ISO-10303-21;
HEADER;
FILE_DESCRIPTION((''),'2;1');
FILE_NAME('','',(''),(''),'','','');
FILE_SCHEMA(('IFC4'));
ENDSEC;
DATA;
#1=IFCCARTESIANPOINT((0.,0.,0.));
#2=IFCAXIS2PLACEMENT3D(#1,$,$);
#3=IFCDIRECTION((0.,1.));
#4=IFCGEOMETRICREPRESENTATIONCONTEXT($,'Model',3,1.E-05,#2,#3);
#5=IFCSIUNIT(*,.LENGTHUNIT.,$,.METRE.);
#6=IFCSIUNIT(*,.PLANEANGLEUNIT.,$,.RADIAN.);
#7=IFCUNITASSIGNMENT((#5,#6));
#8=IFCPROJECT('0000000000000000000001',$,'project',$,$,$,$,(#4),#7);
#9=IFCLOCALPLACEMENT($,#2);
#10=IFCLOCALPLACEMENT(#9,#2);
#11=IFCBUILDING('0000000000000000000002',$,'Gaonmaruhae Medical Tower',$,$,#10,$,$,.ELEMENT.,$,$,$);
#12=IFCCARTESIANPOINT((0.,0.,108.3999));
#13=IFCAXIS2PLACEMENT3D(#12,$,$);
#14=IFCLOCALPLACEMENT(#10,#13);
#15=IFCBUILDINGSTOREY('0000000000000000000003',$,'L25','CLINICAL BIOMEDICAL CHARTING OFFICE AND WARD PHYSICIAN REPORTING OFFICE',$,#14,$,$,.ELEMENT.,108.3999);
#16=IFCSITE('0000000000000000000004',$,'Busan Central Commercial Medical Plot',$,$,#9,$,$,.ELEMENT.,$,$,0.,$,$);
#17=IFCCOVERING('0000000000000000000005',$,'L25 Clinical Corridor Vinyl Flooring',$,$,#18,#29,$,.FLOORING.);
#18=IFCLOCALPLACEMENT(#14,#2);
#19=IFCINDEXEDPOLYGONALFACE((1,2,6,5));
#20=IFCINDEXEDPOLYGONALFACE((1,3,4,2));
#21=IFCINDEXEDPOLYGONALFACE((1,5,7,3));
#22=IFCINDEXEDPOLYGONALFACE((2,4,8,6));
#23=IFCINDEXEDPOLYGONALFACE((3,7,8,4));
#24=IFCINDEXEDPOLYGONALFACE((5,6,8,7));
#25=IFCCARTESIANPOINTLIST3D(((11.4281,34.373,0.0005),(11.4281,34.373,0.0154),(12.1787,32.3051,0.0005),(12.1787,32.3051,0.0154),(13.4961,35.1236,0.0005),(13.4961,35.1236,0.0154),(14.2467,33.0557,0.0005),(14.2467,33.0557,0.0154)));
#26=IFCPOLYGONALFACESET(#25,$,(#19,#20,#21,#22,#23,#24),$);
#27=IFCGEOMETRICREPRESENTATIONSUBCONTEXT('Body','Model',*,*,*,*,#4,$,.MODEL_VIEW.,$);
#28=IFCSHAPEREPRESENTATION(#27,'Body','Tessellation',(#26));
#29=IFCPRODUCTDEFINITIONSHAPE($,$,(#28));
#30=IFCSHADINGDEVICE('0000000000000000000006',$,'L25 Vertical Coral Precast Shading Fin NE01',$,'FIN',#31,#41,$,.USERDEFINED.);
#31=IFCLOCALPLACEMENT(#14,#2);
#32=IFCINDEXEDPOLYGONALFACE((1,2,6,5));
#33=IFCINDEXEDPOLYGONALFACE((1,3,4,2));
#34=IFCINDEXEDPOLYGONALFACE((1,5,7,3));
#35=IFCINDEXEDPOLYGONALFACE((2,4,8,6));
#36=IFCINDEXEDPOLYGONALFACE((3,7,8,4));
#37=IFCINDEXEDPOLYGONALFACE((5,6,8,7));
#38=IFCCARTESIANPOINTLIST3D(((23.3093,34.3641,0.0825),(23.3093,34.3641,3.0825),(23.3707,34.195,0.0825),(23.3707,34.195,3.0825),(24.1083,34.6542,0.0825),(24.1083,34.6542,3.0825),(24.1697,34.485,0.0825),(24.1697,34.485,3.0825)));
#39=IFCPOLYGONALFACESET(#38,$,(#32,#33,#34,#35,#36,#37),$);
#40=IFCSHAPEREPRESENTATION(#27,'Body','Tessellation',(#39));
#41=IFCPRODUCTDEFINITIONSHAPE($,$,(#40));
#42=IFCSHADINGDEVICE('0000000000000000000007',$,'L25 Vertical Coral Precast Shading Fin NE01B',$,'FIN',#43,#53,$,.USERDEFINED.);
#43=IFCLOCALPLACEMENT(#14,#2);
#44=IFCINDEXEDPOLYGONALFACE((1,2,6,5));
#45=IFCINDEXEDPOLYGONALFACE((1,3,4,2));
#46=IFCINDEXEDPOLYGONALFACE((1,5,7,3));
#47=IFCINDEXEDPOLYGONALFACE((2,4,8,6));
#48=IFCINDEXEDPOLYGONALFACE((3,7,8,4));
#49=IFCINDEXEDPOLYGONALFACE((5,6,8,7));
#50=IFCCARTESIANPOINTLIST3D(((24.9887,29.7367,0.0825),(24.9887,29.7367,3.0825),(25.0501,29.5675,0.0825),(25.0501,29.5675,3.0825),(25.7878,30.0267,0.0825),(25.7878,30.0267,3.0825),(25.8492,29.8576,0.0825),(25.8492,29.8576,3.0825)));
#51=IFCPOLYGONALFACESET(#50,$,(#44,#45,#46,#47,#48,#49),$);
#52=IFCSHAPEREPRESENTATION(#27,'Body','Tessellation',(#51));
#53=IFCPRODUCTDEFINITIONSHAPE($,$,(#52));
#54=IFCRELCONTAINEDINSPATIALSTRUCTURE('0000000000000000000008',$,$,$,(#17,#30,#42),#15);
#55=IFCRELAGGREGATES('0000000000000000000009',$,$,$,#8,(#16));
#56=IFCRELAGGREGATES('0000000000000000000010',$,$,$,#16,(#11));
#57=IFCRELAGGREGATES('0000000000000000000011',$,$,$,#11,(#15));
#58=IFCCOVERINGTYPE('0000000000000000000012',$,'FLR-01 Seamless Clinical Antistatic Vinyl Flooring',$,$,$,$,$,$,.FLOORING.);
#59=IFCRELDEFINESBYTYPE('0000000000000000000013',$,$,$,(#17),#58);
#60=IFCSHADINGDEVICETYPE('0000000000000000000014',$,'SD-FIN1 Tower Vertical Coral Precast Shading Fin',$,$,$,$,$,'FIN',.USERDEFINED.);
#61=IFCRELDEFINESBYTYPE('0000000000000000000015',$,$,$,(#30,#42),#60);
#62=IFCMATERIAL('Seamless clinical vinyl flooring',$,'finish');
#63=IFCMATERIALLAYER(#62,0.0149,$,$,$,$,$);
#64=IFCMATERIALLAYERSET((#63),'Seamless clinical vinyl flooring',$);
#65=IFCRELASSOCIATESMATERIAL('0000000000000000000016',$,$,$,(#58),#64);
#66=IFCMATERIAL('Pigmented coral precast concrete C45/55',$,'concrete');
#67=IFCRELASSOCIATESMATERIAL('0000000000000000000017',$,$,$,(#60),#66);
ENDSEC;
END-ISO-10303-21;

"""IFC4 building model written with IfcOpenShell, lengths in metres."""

from ifc_helpers import new_model, si_unit, direction, frame, origin, origin_2d, place, context, subcontext, project, spatial, rectangle, extrude, material, layer, layer_set, type_object, element, save


model = new_model("IFC4")

# Units and contexts
model_context = context("Model", 3, precision=1e-05, world=origin(), true_north=direction((0.0, 1.0)))
body_context = subcontext(model_context, "Body", "Model", "MODEL_VIEW")
ifc_project = project(units=[si_unit("LENGTHUNIT", "METRE"), si_unit("PLANEANGLEUNIT", "RADIAN")], contexts=[model_context])

# Site, building, storey
site_placement = place(None, origin())
site = spatial("IfcSite", under=ifc_project, at=site_placement, Name="Busan Central Commercial Medical Plot", CompositionType="ELEMENT", RefElevation=0.0)
building_placement = place(site_placement, origin())
building = spatial("IfcBuilding", under=site, at=building_placement, Name="Gaonmaruhae Medical Tower", CompositionType="ELEMENT")
storey_placement = place(building_placement, frame((0.0, 0.0, 108.3999)))
storey = spatial("IfcBuildingStorey", under=building, at=storey_placement, Name="L25", Description="CLINICAL BIOMEDICAL CHARTING OFFICE AND WARD PHYSICIAN REPORTING OFFICE", CompositionType="ELEMENT", Elevation=108.3999)

# Covering
ifc_material_1 = material(Name="Seamless clinical vinyl flooring", Category="finish")
ifc_layer_1 = layer(ifc_material_1, 0.0149)
ifc_layer_set_1 = layer_set([ifc_layer_1], Name="Seamless clinical vinyl flooring")
covering_type = type_object("IfcCoveringType", Name="FLR-01 Seamless Clinical Antistatic Vinyl Flooring", PredefinedType="FLOORING", material=ifc_layer_set_1)
covering_placement = place(storey_placement, frame((12.8374, 33.7144, 0.0005), z_axis=(0.0, 0.0, 1.0), x_axis=(0.939991, 0.3412, 0.0)))
element("IfcCovering", 1, at=covering_placement, inside=storey, type_object=covering_type, Name="L25 Clinical Corridor Vinyl Flooring", PredefinedType="FLOORING", context=body_context, shape_type="SweptSolid", body=[
    extrude(rectangle(XDim=2.2, YDim=2.2, at=origin_2d()), origin(), (0.0, 0.0, 1.0), 0.0149),
])

# Shading devices
ifc_material_2 = material(Name="Pigmented coral precast concrete C45/55", Category="concrete")
shading_device_type = type_object("IfcShadingDeviceType", Name="SD-FIN1 Tower Vertical Coral Precast Shading Fin", ElementType="FIN", PredefinedType="USERDEFINED", material=ifc_material_2)
for number, where, z_axis, x_axis, name in (
    (2, (23.7395, 34.4246, 0.0825), (0.0, 0.0, 1.0), (0.3412, -0.939991, 0.0), "L25 Vertical Coral Precast Shading Fin NE01"),
    (3, (25.4189, 29.7971, 0.0825), (0.0, 0.0, 1.0), (0.3412, -0.939991, 0.0), "L25 Vertical Coral Precast Shading Fin NE01B"),
):
    element("IfcShadingDevice", number, at=place(storey_placement, frame(where, z_axis=z_axis, x_axis=x_axis)), inside=storey, type_object=shading_device_type, Name=name, ObjectType="FIN", PredefinedType="USERDEFINED", context=body_context, shape_type="SweptSolid", body=[
        extrude(rectangle(XDim=0.1799, YDim=0.8501, at=origin_2d()), origin(), (0.0, 0.0, 1.0), 3.0),
    ])

save(model, "model.ifc")
